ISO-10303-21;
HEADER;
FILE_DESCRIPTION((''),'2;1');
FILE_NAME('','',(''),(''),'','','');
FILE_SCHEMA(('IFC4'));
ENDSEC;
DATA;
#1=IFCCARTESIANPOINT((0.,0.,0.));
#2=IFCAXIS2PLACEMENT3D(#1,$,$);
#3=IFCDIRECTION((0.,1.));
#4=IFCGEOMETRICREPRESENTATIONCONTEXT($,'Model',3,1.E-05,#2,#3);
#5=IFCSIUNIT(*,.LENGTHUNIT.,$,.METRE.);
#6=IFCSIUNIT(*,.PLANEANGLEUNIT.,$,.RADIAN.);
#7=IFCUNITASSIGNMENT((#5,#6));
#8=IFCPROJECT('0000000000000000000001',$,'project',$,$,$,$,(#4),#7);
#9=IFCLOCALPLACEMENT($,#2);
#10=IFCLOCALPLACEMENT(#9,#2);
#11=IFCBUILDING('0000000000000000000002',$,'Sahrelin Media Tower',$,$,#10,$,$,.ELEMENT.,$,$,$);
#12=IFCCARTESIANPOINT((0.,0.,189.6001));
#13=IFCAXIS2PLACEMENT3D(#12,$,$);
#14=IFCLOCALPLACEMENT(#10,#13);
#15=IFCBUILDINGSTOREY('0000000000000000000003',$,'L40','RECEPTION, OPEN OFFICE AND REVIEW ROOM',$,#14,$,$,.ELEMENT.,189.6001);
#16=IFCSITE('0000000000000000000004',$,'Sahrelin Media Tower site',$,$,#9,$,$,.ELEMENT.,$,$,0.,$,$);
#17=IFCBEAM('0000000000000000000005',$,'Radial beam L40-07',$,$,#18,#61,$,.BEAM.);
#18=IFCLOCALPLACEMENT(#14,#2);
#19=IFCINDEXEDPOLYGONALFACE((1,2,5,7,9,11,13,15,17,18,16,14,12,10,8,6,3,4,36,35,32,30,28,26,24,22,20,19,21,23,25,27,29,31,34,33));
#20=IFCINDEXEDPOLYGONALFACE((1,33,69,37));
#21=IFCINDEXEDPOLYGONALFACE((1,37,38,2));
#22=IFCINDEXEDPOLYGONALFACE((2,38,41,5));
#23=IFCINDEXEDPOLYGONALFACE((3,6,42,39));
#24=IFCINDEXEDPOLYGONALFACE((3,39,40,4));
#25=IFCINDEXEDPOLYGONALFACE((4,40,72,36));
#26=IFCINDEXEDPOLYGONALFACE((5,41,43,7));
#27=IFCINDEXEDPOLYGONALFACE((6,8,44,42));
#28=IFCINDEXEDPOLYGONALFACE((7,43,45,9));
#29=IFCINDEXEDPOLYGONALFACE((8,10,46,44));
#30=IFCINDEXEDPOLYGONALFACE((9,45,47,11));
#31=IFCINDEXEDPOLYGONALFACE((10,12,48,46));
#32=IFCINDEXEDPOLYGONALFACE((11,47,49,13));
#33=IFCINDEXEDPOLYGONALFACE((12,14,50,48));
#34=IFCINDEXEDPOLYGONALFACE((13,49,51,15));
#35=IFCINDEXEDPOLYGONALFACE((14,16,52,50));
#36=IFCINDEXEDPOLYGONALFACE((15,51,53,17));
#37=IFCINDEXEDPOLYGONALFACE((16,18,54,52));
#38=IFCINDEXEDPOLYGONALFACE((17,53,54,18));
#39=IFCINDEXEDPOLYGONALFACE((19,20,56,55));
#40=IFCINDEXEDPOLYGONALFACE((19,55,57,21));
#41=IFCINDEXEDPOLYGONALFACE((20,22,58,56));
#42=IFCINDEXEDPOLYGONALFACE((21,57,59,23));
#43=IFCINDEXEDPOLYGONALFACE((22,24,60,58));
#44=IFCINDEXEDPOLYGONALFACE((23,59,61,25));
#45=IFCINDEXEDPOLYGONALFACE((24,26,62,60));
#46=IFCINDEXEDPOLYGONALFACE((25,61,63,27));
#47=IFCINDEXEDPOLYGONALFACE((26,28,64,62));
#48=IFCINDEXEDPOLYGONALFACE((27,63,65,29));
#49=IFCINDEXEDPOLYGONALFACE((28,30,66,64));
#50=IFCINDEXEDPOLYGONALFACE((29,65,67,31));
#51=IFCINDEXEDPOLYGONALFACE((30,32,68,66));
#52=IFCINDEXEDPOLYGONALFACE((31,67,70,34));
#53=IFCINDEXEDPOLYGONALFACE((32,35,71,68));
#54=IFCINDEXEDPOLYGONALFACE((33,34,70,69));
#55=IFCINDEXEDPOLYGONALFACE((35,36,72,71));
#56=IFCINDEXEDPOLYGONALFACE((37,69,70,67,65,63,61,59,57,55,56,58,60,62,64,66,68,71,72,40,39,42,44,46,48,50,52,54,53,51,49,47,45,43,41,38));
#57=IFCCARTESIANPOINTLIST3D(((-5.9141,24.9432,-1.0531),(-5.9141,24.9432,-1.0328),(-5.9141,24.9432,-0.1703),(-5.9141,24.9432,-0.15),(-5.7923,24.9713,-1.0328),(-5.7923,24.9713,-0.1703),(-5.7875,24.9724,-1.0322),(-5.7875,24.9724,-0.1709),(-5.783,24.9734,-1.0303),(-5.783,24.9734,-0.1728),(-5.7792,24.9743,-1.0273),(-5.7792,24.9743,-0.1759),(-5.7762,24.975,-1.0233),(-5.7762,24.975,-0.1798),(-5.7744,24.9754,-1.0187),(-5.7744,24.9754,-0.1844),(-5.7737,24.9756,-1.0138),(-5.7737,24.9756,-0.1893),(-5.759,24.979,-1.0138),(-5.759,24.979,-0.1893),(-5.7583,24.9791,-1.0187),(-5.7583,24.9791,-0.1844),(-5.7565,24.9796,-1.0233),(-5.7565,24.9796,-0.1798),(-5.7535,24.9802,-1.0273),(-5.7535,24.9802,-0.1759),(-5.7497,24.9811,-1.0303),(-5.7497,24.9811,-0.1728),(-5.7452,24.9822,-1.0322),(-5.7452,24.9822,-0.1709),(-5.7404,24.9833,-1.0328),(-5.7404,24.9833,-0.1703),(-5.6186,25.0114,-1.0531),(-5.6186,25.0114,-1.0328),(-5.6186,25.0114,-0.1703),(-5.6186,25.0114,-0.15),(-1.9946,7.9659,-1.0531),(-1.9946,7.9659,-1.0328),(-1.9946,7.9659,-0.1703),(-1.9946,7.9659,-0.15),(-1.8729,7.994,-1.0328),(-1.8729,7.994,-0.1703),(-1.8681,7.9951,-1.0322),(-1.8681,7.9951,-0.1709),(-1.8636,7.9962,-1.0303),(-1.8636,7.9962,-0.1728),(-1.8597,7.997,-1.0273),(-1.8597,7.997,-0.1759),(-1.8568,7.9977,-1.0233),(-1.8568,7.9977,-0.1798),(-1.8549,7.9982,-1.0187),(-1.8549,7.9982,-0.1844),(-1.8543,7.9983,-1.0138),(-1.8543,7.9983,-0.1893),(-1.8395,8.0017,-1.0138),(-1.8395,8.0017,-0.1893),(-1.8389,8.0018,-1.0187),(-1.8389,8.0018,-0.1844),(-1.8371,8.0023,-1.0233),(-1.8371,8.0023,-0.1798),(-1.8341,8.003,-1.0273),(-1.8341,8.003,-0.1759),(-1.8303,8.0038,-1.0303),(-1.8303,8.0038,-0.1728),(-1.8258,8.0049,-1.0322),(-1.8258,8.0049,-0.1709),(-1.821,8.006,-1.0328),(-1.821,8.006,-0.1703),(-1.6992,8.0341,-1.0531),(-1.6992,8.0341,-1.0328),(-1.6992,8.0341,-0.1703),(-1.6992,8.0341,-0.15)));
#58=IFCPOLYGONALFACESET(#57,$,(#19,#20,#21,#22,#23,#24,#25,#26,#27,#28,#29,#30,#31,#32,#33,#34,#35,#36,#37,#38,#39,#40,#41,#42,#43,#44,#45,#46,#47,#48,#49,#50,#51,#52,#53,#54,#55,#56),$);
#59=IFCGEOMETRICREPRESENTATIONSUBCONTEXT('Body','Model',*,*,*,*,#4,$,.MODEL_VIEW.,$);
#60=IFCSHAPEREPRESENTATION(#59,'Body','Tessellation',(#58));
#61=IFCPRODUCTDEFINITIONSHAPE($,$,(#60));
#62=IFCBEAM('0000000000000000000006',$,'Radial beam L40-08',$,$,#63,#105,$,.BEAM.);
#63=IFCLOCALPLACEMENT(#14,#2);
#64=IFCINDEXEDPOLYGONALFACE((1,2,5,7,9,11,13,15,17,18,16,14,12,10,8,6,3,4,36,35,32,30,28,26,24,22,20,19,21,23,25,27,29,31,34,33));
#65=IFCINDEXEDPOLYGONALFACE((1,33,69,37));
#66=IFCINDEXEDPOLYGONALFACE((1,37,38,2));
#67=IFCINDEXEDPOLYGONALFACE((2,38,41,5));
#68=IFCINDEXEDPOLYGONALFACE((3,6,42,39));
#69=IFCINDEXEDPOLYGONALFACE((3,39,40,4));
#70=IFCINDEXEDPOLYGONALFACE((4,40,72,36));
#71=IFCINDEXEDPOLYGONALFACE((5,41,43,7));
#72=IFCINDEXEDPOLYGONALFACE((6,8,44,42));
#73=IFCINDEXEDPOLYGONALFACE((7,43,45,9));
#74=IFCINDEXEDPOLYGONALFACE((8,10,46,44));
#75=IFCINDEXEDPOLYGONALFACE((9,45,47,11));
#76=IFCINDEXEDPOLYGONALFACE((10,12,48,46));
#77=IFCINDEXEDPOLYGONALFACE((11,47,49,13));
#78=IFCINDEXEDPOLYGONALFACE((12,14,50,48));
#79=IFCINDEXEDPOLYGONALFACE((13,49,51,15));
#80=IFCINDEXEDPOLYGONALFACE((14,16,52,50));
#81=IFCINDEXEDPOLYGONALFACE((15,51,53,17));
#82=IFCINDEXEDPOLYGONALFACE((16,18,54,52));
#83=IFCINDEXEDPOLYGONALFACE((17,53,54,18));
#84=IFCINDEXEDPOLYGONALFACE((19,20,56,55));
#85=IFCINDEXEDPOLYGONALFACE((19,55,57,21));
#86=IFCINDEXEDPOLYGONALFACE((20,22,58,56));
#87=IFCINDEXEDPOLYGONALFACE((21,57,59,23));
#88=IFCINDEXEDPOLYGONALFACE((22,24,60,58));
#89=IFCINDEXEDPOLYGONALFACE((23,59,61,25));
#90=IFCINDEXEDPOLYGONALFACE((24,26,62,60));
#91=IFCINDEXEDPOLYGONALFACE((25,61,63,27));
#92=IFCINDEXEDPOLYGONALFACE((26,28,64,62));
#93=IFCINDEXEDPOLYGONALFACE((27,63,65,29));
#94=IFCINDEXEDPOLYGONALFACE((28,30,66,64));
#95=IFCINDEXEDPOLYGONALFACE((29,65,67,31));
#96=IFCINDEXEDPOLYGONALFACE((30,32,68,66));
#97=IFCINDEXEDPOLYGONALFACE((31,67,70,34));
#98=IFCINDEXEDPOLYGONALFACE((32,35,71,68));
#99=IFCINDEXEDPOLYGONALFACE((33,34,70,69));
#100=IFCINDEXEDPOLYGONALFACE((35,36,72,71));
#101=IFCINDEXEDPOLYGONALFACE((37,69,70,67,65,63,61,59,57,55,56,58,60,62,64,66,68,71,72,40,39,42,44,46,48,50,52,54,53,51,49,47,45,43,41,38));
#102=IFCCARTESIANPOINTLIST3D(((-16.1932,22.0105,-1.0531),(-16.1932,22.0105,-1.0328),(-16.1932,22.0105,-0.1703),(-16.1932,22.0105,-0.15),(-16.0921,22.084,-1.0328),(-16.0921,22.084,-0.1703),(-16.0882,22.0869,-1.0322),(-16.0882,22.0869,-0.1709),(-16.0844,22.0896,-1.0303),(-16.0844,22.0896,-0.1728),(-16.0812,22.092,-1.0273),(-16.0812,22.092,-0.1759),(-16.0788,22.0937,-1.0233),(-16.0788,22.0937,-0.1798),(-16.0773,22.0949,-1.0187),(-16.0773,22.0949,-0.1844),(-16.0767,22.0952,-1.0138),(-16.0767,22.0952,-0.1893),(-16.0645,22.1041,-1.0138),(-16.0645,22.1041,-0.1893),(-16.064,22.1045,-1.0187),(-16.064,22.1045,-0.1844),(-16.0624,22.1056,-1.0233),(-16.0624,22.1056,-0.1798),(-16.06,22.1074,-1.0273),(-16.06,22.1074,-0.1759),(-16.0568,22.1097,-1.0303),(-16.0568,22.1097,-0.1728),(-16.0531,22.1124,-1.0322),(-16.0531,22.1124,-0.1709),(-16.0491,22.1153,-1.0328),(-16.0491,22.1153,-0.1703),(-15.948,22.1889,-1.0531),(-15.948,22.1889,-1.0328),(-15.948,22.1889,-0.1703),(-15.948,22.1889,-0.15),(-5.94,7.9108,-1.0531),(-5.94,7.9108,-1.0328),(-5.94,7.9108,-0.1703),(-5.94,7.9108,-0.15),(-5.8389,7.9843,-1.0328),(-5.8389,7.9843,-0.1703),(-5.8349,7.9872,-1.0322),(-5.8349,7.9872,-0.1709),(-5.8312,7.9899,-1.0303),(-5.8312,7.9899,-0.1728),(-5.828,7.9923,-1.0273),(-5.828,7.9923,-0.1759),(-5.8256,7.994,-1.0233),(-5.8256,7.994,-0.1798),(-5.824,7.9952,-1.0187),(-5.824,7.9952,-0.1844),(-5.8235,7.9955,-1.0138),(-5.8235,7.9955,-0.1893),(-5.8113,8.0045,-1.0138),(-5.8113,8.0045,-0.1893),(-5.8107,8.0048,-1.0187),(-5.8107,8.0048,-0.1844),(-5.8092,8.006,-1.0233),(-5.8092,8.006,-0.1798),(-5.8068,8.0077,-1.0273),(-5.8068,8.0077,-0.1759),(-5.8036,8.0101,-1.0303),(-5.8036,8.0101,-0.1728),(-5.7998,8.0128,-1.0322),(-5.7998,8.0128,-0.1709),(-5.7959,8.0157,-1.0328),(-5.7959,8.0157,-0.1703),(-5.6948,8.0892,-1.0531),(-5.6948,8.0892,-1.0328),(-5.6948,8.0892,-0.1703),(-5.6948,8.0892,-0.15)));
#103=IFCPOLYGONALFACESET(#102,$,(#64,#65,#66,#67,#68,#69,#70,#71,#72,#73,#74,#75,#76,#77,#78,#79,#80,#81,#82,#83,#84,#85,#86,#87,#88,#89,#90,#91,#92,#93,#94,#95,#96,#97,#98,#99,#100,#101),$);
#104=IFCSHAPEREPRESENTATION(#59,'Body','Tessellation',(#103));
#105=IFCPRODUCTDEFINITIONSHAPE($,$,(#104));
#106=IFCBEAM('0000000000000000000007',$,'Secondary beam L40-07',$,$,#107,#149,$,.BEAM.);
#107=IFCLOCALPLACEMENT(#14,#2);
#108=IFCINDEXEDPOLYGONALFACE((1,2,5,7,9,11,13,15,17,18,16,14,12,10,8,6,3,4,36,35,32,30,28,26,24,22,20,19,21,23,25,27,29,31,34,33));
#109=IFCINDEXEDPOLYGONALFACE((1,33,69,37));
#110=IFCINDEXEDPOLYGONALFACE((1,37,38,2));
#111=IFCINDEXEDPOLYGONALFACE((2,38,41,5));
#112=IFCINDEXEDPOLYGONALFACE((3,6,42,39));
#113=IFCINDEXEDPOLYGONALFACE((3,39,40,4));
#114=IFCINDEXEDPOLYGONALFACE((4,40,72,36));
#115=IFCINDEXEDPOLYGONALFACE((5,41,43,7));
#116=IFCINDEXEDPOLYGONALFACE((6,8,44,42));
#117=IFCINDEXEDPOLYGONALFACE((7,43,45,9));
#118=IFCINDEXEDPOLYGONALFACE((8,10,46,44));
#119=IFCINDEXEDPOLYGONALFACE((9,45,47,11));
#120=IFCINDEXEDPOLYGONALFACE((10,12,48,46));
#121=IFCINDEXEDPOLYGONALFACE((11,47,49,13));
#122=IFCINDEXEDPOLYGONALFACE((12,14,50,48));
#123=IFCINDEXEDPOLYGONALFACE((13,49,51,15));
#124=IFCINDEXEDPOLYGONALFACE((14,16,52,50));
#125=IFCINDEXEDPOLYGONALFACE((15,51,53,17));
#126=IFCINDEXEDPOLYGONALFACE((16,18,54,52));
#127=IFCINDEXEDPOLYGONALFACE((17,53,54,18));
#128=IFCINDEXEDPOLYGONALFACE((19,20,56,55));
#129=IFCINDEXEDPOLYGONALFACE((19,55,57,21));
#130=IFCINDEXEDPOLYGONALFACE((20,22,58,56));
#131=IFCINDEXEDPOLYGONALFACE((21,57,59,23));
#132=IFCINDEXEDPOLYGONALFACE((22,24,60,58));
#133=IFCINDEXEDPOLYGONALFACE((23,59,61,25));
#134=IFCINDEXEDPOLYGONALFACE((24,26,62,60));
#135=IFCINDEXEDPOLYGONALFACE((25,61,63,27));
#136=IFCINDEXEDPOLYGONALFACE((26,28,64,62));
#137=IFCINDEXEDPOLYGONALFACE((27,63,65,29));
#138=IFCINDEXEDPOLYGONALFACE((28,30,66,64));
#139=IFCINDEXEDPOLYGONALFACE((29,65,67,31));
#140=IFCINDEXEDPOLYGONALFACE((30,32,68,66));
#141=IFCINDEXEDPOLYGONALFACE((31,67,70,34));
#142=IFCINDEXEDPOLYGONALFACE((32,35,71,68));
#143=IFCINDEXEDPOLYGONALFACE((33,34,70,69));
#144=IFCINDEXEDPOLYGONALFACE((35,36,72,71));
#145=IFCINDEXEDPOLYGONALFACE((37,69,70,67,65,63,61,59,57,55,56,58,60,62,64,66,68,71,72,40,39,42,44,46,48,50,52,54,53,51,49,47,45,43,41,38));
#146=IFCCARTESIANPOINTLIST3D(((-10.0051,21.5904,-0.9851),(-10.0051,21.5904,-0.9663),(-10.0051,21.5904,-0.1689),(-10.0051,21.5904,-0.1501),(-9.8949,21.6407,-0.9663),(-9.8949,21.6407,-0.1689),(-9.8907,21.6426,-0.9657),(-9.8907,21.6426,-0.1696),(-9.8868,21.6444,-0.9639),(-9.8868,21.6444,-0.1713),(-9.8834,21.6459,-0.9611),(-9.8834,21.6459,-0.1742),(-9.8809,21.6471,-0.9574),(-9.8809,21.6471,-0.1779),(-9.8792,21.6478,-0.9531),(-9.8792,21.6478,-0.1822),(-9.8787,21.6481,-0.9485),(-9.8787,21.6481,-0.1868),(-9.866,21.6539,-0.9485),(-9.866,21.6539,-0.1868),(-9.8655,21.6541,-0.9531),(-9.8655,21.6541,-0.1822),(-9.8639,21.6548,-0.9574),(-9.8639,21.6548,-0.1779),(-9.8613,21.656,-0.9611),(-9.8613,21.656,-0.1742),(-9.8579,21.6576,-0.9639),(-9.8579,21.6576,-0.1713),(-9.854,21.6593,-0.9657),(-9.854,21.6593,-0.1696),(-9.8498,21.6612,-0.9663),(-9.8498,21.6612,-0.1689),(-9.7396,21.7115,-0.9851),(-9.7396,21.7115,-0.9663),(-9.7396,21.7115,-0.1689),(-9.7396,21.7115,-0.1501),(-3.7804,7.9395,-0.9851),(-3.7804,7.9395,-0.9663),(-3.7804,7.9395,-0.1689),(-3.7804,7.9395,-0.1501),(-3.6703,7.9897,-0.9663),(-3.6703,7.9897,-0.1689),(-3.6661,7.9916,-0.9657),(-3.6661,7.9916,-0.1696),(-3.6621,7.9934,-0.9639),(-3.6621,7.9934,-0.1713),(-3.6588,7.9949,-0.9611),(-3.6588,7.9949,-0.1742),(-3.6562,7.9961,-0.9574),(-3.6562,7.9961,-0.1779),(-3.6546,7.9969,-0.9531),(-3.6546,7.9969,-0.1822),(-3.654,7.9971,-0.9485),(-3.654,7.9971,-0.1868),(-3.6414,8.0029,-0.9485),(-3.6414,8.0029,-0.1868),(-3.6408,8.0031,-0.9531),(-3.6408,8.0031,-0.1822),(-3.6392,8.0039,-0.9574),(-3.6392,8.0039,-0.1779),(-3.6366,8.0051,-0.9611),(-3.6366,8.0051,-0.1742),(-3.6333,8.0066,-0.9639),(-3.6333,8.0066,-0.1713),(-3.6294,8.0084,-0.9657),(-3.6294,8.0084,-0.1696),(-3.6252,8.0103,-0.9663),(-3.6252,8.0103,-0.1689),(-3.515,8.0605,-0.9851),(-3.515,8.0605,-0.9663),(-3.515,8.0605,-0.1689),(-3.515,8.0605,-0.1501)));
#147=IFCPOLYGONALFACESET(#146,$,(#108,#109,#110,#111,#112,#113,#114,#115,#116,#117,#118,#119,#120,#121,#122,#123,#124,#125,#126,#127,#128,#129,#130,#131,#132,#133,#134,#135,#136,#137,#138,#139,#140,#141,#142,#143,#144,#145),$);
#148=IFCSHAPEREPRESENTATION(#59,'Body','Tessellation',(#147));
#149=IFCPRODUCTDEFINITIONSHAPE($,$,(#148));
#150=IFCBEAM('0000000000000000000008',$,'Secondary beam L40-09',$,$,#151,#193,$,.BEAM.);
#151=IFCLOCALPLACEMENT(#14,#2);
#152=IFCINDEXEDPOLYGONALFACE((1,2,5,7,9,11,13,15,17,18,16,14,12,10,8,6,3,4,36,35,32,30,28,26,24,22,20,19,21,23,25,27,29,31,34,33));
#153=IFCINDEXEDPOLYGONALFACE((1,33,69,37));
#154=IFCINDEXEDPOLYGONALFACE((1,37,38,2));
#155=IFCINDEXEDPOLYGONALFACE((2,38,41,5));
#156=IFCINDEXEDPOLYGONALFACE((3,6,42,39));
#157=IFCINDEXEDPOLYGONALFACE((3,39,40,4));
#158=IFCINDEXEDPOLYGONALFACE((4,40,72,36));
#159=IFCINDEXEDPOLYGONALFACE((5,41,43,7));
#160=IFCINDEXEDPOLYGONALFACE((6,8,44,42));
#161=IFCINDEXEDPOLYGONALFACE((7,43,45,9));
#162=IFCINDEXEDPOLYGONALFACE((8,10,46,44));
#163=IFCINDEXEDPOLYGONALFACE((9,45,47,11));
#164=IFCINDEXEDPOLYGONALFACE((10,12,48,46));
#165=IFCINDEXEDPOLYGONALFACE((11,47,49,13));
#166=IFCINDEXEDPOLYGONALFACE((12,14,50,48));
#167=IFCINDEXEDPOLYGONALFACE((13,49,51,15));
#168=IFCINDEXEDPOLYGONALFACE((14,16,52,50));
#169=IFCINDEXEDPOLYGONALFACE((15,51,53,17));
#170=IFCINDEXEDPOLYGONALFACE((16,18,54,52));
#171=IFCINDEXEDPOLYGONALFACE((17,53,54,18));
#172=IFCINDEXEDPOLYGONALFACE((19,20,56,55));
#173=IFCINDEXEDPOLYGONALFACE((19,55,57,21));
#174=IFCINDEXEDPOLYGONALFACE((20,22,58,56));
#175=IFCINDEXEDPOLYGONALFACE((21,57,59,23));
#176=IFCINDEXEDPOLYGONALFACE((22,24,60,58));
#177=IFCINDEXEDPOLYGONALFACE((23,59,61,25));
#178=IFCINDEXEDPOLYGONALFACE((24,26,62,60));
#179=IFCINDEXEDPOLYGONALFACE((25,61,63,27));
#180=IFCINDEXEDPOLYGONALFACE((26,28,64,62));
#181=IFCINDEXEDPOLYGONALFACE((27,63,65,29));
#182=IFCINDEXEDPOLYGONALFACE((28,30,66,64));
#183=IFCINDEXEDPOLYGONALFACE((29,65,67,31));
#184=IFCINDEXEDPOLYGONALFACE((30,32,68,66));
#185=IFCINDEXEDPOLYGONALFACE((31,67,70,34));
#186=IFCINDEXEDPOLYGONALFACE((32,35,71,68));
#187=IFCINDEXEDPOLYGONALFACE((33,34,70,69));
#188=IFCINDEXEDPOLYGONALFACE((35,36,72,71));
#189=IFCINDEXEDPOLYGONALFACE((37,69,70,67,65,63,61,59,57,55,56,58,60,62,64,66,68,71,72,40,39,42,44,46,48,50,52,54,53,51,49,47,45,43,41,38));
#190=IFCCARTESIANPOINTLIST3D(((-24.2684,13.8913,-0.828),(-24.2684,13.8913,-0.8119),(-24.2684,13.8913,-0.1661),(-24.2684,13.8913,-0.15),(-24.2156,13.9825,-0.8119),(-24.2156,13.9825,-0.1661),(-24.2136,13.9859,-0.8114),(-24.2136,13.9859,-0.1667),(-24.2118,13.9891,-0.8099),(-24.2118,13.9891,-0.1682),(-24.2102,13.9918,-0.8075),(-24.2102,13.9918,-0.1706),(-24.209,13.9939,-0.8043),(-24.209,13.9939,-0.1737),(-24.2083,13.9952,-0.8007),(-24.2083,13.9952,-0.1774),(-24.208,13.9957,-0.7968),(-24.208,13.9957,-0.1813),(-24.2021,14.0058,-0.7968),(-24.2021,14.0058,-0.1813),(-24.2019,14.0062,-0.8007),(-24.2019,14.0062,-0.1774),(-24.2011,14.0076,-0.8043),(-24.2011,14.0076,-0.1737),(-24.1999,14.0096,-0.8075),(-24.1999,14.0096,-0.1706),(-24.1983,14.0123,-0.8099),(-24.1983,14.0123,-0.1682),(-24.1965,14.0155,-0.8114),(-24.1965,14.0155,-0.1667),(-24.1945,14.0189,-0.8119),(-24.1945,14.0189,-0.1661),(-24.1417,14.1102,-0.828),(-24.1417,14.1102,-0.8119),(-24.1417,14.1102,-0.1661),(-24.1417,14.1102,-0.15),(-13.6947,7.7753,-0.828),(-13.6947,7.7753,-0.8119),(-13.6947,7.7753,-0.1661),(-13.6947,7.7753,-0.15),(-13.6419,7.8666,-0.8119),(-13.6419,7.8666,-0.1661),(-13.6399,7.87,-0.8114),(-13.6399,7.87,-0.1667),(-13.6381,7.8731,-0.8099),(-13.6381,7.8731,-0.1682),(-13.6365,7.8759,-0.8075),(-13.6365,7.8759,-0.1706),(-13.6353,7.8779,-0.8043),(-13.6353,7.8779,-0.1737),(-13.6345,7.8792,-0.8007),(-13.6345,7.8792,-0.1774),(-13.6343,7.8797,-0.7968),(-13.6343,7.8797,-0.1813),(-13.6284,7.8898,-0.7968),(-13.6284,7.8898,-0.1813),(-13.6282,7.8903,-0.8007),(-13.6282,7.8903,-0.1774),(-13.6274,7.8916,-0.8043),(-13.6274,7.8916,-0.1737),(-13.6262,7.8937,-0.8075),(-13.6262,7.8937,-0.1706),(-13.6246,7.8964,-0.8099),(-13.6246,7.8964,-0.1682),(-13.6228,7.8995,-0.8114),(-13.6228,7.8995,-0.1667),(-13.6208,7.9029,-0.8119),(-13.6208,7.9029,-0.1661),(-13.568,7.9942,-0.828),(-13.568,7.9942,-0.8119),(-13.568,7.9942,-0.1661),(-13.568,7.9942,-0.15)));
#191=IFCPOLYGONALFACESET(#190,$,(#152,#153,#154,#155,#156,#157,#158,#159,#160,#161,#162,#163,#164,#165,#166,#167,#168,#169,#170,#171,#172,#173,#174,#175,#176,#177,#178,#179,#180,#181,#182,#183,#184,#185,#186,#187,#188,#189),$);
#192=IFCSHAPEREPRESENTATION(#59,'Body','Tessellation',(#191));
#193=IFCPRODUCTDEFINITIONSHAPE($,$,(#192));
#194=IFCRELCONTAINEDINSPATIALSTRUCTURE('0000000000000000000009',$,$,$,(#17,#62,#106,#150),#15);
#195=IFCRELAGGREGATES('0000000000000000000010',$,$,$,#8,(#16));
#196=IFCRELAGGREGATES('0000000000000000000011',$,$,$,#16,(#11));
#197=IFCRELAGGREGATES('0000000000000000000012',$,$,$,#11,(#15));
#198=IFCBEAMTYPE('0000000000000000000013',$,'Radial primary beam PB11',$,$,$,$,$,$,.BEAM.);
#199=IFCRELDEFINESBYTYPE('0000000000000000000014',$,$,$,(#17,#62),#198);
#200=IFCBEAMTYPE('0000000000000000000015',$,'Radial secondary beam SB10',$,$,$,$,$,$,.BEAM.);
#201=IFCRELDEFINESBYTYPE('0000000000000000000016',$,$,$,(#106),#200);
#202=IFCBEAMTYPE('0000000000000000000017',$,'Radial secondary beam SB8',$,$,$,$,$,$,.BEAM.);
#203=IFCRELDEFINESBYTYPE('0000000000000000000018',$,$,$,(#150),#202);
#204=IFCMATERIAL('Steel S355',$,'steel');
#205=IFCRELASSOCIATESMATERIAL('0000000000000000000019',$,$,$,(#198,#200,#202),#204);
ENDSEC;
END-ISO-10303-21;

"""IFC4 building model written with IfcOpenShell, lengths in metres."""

from ifc_helpers import new_model, si_unit, direction, frame, origin, origin_2d, place, context, subcontext, project, spatial, i_section, extrude, material, material_profile, profile_set, type_object, element, save


model = new_model("IFC4")

# Units and contexts
model_context = context("Model", 3, precision=1e-05, world=origin(), true_north=direction((0.0, 1.0)))
body_context = subcontext(model_context, "Body", "Model", "MODEL_VIEW")
ifc_project = project(units=[si_unit("LENGTHUNIT", "METRE"), si_unit("PLANEANGLEUNIT", "RADIAN")], contexts=[model_context])

# Site, building, storey
site_placement = place(None, origin())
site = spatial("IfcSite", under=ifc_project, at=site_placement, Name="Sahrelin Media Tower site", CompositionType="ELEMENT", RefElevation=0.0)
building_placement = place(site_placement, origin())
building = spatial("IfcBuilding", under=site, at=building_placement, Name="Sahrelin Media Tower", CompositionType="ELEMENT")
storey_placement = place(building_placement, frame((0.0, 0.0, 189.6001)))
storey = spatial("IfcBuildingStorey", under=building, at=storey_placement, Name="L40", Description="RECEPTION, OPEN OFFICE AND REVIEW ROOM", CompositionType="ELEMENT", Elevation=189.6001)

# Shared definitions
ifc_material_1 = material(Name="Steel S355", Category="steel")

# Beams
ifc_material_profile_1 = material_profile(ifc_material_1, i_section(OverallWidth=0.3032, OverallDepth=0.9031, WebThickness=0.0151, FlangeThickness=0.0203, FilletRadius=0.019, at=origin_2d()), Name="UB 914x305x201")
ifc_profile_set_1 = profile_set([ifc_material_profile_1], Name="Steel S355")
beam_type_1 = type_object("IfcBeamType", Name="Radial primary beam PB11", PredefinedType="BEAM", material=ifc_profile_set_1)
beam_1_placement = place(storey_placement, frame((-1.8469, 8.0, -0.6016), z_axis=(-0.224946, 0.974371, 0.0), x_axis=(-0.974371, -0.224946, 0.0)))
element("IfcBeam", 1, at=beam_1_placement, inside=storey, type_object=beam_type_1, Name="Radial beam L40-07", PredefinedType="BEAM", context=body_context, shape_type="SweptSolid", body=[
    extrude(i_section(OverallWidth=0.3032, OverallDepth=0.9031, WebThickness=0.0151, FlangeThickness=0.0203, FilletRadius=0.019, at=origin_2d()), origin(), (0.0, 0.0, 1.0), 17.4238),
])
beam_2_placement = place(storey_placement, frame((-5.8174, 8.0, -0.6016), z_axis=(-0.588131, 0.808766, 0.0), x_axis=(-0.808766, -0.588131, 0.0)))
element("IfcBeam", 2, at=beam_2_placement, inside=storey, type_object=beam_type_1, Name="Radial beam L40-08", PredefinedType="BEAM", context=body_context, shape_type="SweptSolid", body=[
    extrude(i_section(OverallWidth=0.3032, OverallDepth=0.9031, WebThickness=0.0151, FlangeThickness=0.0203, FilletRadius=0.019, at=origin_2d()), origin(), (0.0, 0.0, 1.0), 17.4336),
])
ifc_material_profile_2 = material_profile(ifc_material_1, i_section(OverallWidth=0.2917, OverallDepth=0.835, WebThickness=0.0139, FlangeThickness=0.0188, FilletRadius=0.0178, at=origin_2d()), Name="UB 838x292x176")
ifc_profile_set_2 = profile_set([ifc_material_profile_2], Name="Steel S355")
beam_type_2 = type_object("IfcBeamType", Name="Radial secondary beam SB10", PredefinedType="BEAM", material=ifc_profile_set_2)
beam_3_placement = place(storey_placement, frame((-3.6477, 8.0, -0.5676), z_axis=(-0.414889, 0.909872, 0.0), x_axis=(-0.909872, -0.414889, 0.0)))
element("IfcBeam", 3, at=beam_3_placement, inside=storey, type_object=beam_type_2, Name="Secondary beam L40-07", PredefinedType="BEAM", context=body_context, shape_type="SweptSolid", body=[
    extrude(i_section(OverallWidth=0.2917, OverallDepth=0.835, WebThickness=0.0139, FlangeThickness=0.0188, FilletRadius=0.0178, at=origin_2d()), origin(), (0.0, 0.0, 1.0), 15.0032),
])
ifc_material_profile_3 = material_profile(ifc_material_1, i_section(OverallWidth=0.2529, OverallDepth=0.678, WebThickness=0.0117, FlangeThickness=0.0161, FilletRadius=0.0151, at=origin_2d()), Name="UB 686x254x125")
ifc_profile_set_3 = profile_set([ifc_material_profile_3], Name="Steel S355")
beam_type_3 = type_object("IfcBeamType", Name="Radial secondary beam SB8", PredefinedType="BEAM", material=ifc_profile_set_3)
beam_4_placement = place(storey_placement, frame((-13.6313, 7.8848, -0.489), z_axis=(-0.865627, 0.500689, 0.0), x_axis=(-0.500689, -0.865627, 0.0)))
element("IfcBeam", 4, at=beam_4_placement, inside=storey, type_object=beam_type_3, Name="Secondary beam L40-09", PredefinedType="BEAM", context=body_context, shape_type="SweptSolid", body=[
    extrude(i_section(OverallWidth=0.2529, OverallDepth=0.678, WebThickness=0.0117, FlangeThickness=0.0161, FilletRadius=0.0151, at=origin_2d()), origin(), (0.0, 0.0, 1.0), 12.2151),
])

save(model, "model.ifc")
